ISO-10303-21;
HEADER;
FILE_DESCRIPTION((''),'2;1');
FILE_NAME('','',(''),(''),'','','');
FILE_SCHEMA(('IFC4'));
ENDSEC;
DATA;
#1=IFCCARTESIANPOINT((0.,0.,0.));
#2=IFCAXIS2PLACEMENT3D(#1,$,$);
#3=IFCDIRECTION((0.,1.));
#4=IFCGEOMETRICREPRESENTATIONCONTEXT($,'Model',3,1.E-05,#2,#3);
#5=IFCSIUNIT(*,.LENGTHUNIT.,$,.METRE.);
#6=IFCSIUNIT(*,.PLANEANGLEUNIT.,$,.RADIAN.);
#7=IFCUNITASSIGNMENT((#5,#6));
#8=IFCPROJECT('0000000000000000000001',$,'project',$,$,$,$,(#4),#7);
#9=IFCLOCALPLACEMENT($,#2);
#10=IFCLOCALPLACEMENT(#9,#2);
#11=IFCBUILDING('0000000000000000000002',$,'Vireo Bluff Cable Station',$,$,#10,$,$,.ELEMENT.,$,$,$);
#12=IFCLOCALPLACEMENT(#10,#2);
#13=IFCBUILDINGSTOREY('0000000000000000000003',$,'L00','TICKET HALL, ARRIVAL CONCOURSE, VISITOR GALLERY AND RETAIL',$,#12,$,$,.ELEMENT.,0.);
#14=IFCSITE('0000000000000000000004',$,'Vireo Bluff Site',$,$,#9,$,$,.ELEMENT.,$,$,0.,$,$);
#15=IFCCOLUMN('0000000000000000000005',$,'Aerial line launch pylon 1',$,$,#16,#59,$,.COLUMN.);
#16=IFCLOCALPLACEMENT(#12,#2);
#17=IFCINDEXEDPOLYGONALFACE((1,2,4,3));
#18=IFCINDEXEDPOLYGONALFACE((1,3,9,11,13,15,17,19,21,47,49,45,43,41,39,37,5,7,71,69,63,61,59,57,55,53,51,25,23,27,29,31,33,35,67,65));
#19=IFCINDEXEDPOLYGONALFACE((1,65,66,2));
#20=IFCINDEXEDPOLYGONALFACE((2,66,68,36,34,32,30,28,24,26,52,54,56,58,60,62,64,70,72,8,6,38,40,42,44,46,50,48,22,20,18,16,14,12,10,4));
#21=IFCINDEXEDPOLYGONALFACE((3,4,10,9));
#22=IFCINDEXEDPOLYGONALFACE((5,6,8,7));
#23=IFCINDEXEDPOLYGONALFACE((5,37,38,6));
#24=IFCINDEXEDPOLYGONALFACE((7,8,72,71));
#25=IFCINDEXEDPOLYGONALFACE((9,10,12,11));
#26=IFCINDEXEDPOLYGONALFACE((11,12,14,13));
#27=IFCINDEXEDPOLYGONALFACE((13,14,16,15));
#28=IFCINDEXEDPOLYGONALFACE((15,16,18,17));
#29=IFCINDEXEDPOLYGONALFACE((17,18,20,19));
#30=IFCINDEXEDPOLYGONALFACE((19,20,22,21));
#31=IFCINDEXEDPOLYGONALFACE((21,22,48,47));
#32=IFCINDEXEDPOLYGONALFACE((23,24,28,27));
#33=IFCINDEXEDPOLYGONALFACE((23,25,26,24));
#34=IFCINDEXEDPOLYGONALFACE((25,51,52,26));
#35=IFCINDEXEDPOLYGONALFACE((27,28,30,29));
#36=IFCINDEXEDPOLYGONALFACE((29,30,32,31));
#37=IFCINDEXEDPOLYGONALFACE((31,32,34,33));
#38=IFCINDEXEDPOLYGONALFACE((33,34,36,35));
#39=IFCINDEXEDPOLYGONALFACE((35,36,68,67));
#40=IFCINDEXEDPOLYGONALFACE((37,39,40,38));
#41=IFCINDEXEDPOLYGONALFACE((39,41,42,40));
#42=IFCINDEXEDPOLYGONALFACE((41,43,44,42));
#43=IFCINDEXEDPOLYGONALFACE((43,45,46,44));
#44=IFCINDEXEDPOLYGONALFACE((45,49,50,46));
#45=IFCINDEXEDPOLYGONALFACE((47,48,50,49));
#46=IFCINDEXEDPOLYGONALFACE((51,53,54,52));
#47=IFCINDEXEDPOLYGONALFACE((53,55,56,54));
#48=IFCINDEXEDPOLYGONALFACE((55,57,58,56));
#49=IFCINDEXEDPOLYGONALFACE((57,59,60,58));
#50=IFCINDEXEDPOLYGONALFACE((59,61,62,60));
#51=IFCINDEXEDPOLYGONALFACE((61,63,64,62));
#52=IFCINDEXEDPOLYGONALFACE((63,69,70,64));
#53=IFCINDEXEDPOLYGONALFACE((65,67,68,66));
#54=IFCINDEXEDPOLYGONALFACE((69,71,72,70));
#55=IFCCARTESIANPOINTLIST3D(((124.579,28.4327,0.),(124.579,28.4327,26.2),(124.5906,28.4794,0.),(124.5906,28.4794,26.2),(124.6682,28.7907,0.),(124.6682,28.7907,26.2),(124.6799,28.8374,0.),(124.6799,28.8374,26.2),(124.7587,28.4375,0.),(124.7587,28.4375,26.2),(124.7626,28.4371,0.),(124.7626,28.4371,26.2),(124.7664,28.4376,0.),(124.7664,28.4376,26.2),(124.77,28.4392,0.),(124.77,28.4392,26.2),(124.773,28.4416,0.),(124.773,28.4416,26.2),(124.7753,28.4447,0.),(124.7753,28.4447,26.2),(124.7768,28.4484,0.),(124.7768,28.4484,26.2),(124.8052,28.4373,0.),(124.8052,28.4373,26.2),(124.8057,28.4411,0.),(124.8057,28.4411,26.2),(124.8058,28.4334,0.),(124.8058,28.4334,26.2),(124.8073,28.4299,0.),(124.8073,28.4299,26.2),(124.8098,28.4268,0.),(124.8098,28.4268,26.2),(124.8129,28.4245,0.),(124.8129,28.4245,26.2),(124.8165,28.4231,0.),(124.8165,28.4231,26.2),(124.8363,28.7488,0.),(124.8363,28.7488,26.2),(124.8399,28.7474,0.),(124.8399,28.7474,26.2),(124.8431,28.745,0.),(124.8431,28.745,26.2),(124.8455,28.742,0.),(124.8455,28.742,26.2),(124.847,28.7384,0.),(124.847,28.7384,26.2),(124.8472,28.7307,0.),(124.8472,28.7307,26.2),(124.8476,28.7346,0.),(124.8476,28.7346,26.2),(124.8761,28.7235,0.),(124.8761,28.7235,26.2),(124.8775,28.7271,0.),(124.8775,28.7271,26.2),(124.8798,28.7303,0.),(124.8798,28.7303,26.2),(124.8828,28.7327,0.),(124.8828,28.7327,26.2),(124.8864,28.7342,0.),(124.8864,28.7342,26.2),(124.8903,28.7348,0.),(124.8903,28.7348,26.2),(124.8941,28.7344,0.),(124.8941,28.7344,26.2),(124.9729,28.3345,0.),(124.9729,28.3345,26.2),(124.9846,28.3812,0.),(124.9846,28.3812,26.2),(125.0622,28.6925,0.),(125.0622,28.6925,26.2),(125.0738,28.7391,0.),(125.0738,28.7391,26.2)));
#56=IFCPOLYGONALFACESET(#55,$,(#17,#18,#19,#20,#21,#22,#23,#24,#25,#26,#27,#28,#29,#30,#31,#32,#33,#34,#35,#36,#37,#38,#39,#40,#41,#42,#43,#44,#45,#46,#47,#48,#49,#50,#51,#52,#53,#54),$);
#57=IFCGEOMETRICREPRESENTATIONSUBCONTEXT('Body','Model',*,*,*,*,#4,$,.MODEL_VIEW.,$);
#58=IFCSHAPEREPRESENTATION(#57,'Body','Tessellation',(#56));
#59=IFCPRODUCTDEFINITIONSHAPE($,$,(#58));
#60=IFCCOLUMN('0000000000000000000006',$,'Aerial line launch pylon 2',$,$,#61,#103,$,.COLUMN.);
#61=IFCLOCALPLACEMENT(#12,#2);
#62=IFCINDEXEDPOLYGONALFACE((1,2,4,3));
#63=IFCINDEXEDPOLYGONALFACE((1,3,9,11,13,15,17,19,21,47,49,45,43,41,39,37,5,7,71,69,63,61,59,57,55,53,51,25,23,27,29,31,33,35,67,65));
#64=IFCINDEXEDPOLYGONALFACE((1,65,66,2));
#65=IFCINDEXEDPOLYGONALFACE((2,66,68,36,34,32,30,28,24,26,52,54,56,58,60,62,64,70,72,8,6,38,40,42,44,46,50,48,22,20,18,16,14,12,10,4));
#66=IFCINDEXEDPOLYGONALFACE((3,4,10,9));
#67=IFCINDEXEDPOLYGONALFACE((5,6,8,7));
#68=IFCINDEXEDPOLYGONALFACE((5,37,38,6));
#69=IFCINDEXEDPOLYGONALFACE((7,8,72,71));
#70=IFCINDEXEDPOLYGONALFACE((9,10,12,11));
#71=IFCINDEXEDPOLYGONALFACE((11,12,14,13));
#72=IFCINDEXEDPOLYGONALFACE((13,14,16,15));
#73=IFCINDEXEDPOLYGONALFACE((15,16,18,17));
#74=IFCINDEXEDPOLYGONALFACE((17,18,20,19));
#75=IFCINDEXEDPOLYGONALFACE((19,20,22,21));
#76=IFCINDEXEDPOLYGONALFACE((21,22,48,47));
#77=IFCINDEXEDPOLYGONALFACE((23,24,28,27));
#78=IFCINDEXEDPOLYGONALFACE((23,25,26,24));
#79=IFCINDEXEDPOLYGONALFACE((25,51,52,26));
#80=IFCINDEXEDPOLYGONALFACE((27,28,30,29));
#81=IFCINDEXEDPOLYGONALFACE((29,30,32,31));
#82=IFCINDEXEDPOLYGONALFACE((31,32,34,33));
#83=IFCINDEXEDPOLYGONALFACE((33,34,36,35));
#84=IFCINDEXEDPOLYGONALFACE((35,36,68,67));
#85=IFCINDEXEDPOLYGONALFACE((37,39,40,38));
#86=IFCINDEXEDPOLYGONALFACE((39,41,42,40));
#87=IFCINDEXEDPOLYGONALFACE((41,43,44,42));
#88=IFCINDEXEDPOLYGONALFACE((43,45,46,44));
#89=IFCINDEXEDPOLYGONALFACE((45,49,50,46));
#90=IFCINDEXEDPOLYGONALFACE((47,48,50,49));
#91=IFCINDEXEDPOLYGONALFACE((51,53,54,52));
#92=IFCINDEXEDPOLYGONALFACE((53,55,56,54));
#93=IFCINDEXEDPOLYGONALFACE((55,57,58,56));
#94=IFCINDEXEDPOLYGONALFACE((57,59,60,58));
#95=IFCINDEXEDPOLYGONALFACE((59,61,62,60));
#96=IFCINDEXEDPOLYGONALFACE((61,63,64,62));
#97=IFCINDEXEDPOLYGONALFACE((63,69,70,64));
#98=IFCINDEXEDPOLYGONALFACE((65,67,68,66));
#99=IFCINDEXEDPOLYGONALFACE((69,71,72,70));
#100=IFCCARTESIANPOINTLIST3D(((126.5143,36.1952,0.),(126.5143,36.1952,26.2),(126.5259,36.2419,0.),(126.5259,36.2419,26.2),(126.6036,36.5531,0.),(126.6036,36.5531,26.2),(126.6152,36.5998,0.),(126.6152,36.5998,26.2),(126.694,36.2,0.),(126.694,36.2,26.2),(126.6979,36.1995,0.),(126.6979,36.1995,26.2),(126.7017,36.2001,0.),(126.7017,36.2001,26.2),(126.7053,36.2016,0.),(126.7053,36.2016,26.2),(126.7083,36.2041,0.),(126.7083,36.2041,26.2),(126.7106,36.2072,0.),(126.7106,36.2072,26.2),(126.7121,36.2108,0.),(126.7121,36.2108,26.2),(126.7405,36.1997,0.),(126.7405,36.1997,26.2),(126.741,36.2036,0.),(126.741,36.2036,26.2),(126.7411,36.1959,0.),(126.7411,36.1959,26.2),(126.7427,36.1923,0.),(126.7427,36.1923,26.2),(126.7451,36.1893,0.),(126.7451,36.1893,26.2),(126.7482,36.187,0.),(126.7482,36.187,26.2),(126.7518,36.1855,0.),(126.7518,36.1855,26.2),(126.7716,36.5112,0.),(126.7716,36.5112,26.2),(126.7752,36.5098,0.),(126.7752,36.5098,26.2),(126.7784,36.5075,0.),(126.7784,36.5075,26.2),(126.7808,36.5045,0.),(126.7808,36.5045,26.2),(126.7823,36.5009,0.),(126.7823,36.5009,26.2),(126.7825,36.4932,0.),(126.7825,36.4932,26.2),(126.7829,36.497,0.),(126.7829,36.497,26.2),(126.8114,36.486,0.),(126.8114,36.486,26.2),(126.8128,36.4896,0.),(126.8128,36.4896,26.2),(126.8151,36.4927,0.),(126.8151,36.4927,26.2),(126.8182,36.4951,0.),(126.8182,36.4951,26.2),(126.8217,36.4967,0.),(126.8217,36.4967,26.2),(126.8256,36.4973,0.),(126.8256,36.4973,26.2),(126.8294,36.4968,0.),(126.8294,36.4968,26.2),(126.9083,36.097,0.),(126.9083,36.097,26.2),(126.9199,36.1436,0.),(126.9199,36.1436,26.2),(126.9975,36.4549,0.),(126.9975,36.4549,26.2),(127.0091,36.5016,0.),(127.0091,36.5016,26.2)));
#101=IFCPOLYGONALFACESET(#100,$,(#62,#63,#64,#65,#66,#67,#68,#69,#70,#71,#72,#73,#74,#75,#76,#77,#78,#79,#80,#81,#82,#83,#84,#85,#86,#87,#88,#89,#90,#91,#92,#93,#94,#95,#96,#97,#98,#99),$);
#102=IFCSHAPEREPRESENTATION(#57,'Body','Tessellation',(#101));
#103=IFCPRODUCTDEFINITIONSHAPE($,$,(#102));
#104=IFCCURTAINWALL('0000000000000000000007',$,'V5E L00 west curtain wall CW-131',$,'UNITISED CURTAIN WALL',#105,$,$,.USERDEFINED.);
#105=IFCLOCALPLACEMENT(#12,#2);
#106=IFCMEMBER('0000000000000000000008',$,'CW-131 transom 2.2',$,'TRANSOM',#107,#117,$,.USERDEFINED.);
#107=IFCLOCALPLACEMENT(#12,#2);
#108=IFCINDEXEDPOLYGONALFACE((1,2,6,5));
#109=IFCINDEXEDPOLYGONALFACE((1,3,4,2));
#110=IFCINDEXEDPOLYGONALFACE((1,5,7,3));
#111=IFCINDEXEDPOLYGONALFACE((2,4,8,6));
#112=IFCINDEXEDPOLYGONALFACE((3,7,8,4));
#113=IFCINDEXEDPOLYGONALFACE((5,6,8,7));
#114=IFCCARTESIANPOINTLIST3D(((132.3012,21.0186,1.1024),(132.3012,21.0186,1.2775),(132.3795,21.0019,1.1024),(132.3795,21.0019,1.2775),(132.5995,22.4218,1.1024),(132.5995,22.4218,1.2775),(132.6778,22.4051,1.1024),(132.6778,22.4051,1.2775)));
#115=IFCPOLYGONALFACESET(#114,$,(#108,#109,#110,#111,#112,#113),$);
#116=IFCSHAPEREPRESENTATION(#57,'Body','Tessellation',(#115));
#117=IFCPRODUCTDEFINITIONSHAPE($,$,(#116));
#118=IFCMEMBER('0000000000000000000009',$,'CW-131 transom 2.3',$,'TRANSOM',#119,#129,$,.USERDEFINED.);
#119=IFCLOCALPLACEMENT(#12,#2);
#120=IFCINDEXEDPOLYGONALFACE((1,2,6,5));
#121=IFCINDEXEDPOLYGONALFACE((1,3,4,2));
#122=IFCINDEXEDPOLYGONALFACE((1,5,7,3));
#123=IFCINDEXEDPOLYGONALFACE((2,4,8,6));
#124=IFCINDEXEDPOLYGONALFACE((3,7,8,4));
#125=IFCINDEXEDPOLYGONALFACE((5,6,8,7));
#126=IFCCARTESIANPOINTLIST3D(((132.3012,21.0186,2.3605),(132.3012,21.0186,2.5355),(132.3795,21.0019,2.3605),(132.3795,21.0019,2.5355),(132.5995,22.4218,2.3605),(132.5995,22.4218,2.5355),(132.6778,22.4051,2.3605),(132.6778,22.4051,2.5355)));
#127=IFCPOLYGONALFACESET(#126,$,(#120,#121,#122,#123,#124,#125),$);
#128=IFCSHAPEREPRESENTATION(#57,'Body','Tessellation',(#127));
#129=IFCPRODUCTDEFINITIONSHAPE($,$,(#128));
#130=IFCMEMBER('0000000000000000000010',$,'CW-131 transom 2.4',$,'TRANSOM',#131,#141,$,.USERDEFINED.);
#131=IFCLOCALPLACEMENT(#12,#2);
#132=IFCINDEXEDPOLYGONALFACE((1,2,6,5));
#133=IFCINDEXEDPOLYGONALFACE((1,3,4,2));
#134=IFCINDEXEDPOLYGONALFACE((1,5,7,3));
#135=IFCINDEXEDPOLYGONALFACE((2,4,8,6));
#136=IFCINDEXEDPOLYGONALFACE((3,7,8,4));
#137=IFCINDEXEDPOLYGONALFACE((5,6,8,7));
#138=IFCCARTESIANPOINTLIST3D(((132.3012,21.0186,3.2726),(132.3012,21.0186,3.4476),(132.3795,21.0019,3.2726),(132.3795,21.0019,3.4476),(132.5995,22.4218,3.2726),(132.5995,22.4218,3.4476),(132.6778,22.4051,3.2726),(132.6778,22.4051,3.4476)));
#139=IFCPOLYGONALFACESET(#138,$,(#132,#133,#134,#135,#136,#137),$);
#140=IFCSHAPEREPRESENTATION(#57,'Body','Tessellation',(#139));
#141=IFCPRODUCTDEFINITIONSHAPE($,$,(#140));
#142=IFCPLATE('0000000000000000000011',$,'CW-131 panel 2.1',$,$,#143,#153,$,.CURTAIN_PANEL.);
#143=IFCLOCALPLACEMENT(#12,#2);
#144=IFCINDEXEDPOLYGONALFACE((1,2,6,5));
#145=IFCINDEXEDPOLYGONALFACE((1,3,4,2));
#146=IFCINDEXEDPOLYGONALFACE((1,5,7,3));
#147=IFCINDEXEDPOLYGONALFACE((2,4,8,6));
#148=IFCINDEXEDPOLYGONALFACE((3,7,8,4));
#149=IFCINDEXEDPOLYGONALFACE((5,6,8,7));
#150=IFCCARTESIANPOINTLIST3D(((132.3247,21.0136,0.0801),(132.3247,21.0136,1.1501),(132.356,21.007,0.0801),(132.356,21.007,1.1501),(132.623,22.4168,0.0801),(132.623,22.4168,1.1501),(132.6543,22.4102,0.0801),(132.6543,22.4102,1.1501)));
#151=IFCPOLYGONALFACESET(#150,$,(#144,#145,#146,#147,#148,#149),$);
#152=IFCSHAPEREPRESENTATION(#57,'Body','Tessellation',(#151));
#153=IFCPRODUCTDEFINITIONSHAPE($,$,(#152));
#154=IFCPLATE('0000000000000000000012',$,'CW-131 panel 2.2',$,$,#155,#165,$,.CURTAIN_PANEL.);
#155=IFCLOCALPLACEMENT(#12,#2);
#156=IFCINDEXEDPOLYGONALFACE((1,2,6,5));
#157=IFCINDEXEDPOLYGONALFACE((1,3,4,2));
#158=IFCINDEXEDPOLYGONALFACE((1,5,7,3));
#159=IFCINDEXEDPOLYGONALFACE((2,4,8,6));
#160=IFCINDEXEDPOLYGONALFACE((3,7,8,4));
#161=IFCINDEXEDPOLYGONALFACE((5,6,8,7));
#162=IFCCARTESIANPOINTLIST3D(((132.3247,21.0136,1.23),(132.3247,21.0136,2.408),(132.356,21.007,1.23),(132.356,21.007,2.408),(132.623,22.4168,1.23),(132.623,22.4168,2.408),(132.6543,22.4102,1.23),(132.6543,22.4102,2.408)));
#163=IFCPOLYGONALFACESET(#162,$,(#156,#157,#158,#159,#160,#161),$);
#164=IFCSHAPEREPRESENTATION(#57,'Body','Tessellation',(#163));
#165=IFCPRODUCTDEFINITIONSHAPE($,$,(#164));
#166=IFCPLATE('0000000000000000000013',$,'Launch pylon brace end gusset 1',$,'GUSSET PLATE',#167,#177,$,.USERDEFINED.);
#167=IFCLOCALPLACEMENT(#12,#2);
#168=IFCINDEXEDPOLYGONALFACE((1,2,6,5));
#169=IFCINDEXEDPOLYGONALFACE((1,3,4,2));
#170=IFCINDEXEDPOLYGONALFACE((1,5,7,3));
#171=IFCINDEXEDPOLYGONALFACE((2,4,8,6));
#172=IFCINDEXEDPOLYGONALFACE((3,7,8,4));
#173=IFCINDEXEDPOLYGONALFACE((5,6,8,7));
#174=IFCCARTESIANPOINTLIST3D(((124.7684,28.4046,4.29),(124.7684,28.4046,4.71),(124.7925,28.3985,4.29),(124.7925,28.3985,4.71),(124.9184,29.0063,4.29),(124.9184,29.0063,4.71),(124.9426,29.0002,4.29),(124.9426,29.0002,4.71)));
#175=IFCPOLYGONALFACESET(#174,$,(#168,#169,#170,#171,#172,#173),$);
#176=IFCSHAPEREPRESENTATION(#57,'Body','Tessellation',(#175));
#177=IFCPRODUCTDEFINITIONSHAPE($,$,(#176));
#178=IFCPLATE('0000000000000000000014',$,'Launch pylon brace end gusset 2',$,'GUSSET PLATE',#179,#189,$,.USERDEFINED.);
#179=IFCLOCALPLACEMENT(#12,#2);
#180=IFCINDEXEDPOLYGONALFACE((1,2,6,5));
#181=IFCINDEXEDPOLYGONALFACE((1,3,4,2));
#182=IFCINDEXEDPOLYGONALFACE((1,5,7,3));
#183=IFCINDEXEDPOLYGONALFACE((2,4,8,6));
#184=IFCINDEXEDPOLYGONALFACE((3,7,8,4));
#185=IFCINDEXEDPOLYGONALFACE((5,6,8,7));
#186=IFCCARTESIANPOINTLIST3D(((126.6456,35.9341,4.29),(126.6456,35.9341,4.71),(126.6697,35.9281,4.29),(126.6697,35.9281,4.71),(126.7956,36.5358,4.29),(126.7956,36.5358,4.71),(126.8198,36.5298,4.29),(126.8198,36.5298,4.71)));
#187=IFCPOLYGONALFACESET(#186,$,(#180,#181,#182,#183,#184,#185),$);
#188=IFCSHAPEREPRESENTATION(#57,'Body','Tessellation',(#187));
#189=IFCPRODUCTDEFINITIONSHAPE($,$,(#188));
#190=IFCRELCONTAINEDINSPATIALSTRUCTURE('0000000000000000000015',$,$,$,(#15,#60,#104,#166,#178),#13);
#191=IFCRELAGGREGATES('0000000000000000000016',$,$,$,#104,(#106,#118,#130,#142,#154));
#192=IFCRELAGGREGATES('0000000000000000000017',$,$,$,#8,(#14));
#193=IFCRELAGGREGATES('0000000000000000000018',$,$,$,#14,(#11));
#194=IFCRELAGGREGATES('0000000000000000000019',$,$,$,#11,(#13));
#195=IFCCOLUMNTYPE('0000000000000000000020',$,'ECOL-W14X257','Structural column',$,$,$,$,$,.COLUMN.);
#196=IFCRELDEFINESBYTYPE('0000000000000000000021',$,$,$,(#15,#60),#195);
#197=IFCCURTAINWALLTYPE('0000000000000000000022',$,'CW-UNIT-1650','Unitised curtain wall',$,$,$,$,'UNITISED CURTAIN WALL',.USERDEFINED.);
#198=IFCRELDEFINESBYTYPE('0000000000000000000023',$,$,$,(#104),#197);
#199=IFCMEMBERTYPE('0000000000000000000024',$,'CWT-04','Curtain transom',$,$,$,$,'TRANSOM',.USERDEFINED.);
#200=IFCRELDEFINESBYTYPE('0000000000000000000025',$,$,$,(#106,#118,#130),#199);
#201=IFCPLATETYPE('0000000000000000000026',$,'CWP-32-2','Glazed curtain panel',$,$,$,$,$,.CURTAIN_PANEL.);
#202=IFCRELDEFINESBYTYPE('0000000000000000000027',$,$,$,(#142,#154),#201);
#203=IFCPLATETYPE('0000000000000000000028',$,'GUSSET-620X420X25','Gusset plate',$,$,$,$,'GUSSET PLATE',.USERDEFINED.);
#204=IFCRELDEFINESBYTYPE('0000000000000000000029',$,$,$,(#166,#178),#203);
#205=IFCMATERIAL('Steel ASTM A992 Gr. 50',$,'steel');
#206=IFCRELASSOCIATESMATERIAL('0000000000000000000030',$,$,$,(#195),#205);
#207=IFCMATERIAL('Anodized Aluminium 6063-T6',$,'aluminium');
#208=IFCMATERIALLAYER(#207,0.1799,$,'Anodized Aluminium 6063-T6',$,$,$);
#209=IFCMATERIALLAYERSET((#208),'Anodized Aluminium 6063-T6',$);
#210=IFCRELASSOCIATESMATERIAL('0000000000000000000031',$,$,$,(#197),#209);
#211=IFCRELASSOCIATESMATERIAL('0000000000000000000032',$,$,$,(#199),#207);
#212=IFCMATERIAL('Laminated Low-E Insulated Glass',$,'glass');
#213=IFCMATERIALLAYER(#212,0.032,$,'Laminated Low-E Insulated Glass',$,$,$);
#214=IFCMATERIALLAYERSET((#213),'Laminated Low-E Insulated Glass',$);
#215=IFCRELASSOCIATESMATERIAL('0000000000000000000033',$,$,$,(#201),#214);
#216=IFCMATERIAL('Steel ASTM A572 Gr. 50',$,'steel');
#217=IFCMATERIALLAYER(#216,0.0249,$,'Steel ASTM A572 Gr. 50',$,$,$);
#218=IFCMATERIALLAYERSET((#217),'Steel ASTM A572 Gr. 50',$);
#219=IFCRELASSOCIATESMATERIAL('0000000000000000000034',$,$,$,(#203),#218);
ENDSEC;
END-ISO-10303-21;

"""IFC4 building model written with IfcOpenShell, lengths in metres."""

from ifc_helpers import new_model, si_unit, direction, frame, origin, origin_2d, place, context, subcontext, project, spatial, rectangle, i_section, extrude, material, layer, layer_set, material_profile, profile_set, type_object, element, aggregate, save


model = new_model("IFC4")

# Units and contexts
model_context = context("Model", 3, precision=1e-05, world=origin(), true_north=direction((0.0, 1.0)))
body_context = subcontext(model_context, "Body", "Model", "MODEL_VIEW")
ifc_project = project(units=[si_unit("LENGTHUNIT", "METRE"), si_unit("PLANEANGLEUNIT", "RADIAN")], contexts=[model_context])

# Site, building, storey
site_placement = place(None, origin())
site = spatial("IfcSite", under=ifc_project, at=site_placement, Name="Vireo Bluff Site", CompositionType="ELEMENT", RefElevation=0.0)
building_placement = place(site_placement, origin())
building = spatial("IfcBuilding", under=site, at=building_placement, Name="Vireo Bluff Cable Station", CompositionType="ELEMENT")
storey_placement = place(building_placement, origin())
storey = spatial("IfcBuildingStorey", under=building, at=storey_placement, Name="L00", Description="TICKET HALL, ARRIVAL CONCOURSE, VISITOR GALLERY AND RETAIL", CompositionType="ELEMENT", Elevation=0.0)

# Columns
ifc_material_1 = material(Name="Steel ASTM A992 Gr. 50", Category="steel")
ifc_material_profile_1 = material_profile(ifc_material_1, i_section(OverallWidth=0.406, OverallDepth=0.417, WebThickness=0.0298, FlangeThickness=0.0481, FilletRadius=0.0149, at=origin_2d()), Name="W14X257")
ifc_profile_set_1 = profile_set([ifc_material_profile_1], Name="Steel ASTM A992 Gr. 50")
column_type = type_object("IfcColumnType", Name="ECOL-W14X257", Description="Structural column", PredefinedType="COLUMN", material=ifc_profile_set_1)
for number, where, z_axis, x_axis, name in (
    (1, (124.8264, 28.5859, 0.0), (0.0, 0.0, 1.0), (0.970296, -0.241922, 0.0), "Aerial line launch pylon 1"),
    (2, (126.7617, 36.3484, 0.0), (0.0, 0.0, 1.0), (0.970296, -0.241922, 0.0), "Aerial line launch pylon 2"),
):
    element("IfcColumn", number, at=place(storey_placement, frame(where, z_axis=z_axis, x_axis=x_axis)), inside=storey, type_object=column_type, Name=name, PredefinedType="COLUMN", context=body_context, shape_type="SweptSolid", body=[
        extrude(i_section(OverallWidth=0.406, OverallDepth=0.417, WebThickness=0.0298, FlangeThickness=0.0481, FilletRadius=0.0149, at=origin_2d()), origin(), (0.0, 0.0, 1.0), 26.2),
    ])

# Curtain wall, members, plates
ifc_material_2 = material(Name="Anodized Aluminium 6063-T6", Category="aluminium")
ifc_layer_1 = layer(ifc_material_2, 0.1799, Name="Anodized Aluminium 6063-T6")
ifc_layer_set_1 = layer_set([ifc_layer_1], Name="Anodized Aluminium 6063-T6")
curtain_wall_type = type_object("IfcCurtainWallType", Name="CW-UNIT-1650", Description="Unitised curtain wall", ElementType="UNITISED CURTAIN WALL", PredefinedType="USERDEFINED", material=ifc_layer_set_1)
curtain_wall_placement = place(storey_placement, origin())
curtain_wall = element("IfcCurtainWall", 3, at=curtain_wall_placement, inside=storey, type_object=curtain_wall_type, Name="V5E L00 west curtain wall CW-131", ObjectType="UNITISED CURTAIN WALL", PredefinedType="USERDEFINED")
ifc_material_profile_2 = material_profile(ifc_material_2, rectangle(XDim=0.0801, YDim=0.175, at=origin_2d()), Name="ALU-T-80X175")
ifc_profile_set_2 = profile_set([ifc_material_profile_2], Name="Anodized Aluminium 6063-T6")
member_type = type_object("IfcMemberType", Name="CWT-04", Description="Curtain transom", ElementType="TRANSOM", PredefinedType="USERDEFINED", material=ifc_profile_set_2)
member_1_placement = place(storey_placement, frame((132.3403, 21.0103, 1.1899), z_axis=(0.207948, 0.97814, 0.0), x_axis=(-0.97814, 0.207948, 0.0)))
member_1 = element("IfcMember", 4, at=member_1_placement, type_object=member_type, Name="CW-131 transom 2.2", ObjectType="TRANSOM", PredefinedType="USERDEFINED", context=body_context, shape_type="SweptSolid", body=[
    extrude(rectangle(XDim=0.0801, YDim=0.175, at=origin_2d()), origin(), (0.0, 0.0, 1.0), 1.4346),
])
member_2_placement = place(storey_placement, frame((132.3403, 21.0103, 2.448), z_axis=(0.207948, 0.97814, 0.0), x_axis=(-0.97814, 0.207948, 0.0)))
member_2 = element("IfcMember", 5, at=member_2_placement, type_object=member_type, Name="CW-131 transom 2.3", ObjectType="TRANSOM", PredefinedType="USERDEFINED", context=body_context, shape_type="SweptSolid", body=[
    extrude(rectangle(XDim=0.0801, YDim=0.175, at=origin_2d()), origin(), (0.0, 0.0, 1.0), 1.4346),
])
member_3_placement = place(storey_placement, frame((132.3403, 21.0103, 3.3601), z_axis=(0.207948, 0.97814, 0.0), x_axis=(-0.97814, 0.207948, 0.0)))
member_3 = element("IfcMember", 6, at=member_3_placement, type_object=member_type, Name="CW-131 transom 2.4", ObjectType="TRANSOM", PredefinedType="USERDEFINED", context=body_context, shape_type="SweptSolid", body=[
    extrude(rectangle(XDim=0.0801, YDim=0.175, at=origin_2d()), origin(), (0.0, 0.0, 1.0), 1.4346),
])
ifc_material_3 = material(Name="Laminated Low-E Insulated Glass", Category="glass")
ifc_layer_2 = layer(ifc_material_3, 0.032, Name="Laminated Low-E Insulated Glass")
ifc_layer_set_2 = layer_set([ifc_layer_2], Name="Laminated Low-E Insulated Glass")
plate_type_1 = type_object("IfcPlateType", Name="CWP-32-2", Description="Glazed curtain panel", PredefinedType="CURTAIN_PANEL", material=ifc_layer_set_2)
plate_1_placement = place(storey_placement, frame((132.4895, 21.7119, 0.0801), z_axis=(0.0, 0.0, 1.0), x_axis=(0.207912, 0.978148, 0.0)))
plate_1 = element("IfcPlate", 7, at=plate_1_placement, type_object=plate_type_1, Name="CW-131 panel 2.1", PredefinedType="CURTAIN_PANEL", context=body_context, shape_type="SweptSolid", body=[
    extrude(rectangle(XDim=1.4346, YDim=0.032, at=origin_2d()), origin(), (0.0, 0.0, 1.0), 1.0701),
])
plate_2_placement = place(storey_placement, frame((132.4895, 21.7119, 1.23), z_axis=(0.0, 0.0, 1.0), x_axis=(0.207912, 0.978148, 0.0)))
plate_2 = element("IfcPlate", 8, at=plate_2_placement, type_object=plate_type_1, Name="CW-131 panel 2.2", PredefinedType="CURTAIN_PANEL", context=body_context, shape_type="SweptSolid", body=[
    extrude(rectangle(XDim=1.4346, YDim=0.032, at=origin_2d()), origin(), (0.0, 0.0, 1.0), 1.178),
])
aggregate(curtain_wall, [member_1, member_2, member_3, plate_1, plate_2])

# Plates
ifc_material_4 = material(Name="Steel ASTM A572 Gr. 50", Category="steel")
ifc_layer_3 = layer(ifc_material_4, 0.0249, Name="Steel ASTM A572 Gr. 50")
ifc_layer_set_3 = layer_set([ifc_layer_3], Name="Steel ASTM A572 Gr. 50")
plate_type_2 = type_object("IfcPlateType", Name="GUSSET-620X420X25", Description="Gusset plate", ElementType="GUSSET PLATE", PredefinedType="USERDEFINED", material=ifc_layer_set_3)
for number, where, z_axis, x_axis, name in (
    (9, (124.8555, 28.7024, 4.29), (0.0, 0.0, 1.0), (0.970296, -0.241922, 0.0), "Launch pylon brace end gusset 1"),
    (10, (126.7327, 36.2319, 4.29), (0.0, 0.0, 1.0), (0.970296, -0.241922, 0.0), "Launch pylon brace end gusset 2"),
):
    element("IfcPlate", number, at=place(storey_placement, frame(where, z_axis=z_axis, x_axis=x_axis)), inside=storey, type_object=plate_type_2, Name=name, ObjectType="GUSSET PLATE", PredefinedType="USERDEFINED", context=body_context, shape_type="SweptSolid", body=[
        extrude(rectangle(XDim=0.0249, YDim=0.6201, at=origin_2d()), origin(), (0.0, 0.0, 1.0), 0.4199),
    ])

save(model, "model.ifc")
